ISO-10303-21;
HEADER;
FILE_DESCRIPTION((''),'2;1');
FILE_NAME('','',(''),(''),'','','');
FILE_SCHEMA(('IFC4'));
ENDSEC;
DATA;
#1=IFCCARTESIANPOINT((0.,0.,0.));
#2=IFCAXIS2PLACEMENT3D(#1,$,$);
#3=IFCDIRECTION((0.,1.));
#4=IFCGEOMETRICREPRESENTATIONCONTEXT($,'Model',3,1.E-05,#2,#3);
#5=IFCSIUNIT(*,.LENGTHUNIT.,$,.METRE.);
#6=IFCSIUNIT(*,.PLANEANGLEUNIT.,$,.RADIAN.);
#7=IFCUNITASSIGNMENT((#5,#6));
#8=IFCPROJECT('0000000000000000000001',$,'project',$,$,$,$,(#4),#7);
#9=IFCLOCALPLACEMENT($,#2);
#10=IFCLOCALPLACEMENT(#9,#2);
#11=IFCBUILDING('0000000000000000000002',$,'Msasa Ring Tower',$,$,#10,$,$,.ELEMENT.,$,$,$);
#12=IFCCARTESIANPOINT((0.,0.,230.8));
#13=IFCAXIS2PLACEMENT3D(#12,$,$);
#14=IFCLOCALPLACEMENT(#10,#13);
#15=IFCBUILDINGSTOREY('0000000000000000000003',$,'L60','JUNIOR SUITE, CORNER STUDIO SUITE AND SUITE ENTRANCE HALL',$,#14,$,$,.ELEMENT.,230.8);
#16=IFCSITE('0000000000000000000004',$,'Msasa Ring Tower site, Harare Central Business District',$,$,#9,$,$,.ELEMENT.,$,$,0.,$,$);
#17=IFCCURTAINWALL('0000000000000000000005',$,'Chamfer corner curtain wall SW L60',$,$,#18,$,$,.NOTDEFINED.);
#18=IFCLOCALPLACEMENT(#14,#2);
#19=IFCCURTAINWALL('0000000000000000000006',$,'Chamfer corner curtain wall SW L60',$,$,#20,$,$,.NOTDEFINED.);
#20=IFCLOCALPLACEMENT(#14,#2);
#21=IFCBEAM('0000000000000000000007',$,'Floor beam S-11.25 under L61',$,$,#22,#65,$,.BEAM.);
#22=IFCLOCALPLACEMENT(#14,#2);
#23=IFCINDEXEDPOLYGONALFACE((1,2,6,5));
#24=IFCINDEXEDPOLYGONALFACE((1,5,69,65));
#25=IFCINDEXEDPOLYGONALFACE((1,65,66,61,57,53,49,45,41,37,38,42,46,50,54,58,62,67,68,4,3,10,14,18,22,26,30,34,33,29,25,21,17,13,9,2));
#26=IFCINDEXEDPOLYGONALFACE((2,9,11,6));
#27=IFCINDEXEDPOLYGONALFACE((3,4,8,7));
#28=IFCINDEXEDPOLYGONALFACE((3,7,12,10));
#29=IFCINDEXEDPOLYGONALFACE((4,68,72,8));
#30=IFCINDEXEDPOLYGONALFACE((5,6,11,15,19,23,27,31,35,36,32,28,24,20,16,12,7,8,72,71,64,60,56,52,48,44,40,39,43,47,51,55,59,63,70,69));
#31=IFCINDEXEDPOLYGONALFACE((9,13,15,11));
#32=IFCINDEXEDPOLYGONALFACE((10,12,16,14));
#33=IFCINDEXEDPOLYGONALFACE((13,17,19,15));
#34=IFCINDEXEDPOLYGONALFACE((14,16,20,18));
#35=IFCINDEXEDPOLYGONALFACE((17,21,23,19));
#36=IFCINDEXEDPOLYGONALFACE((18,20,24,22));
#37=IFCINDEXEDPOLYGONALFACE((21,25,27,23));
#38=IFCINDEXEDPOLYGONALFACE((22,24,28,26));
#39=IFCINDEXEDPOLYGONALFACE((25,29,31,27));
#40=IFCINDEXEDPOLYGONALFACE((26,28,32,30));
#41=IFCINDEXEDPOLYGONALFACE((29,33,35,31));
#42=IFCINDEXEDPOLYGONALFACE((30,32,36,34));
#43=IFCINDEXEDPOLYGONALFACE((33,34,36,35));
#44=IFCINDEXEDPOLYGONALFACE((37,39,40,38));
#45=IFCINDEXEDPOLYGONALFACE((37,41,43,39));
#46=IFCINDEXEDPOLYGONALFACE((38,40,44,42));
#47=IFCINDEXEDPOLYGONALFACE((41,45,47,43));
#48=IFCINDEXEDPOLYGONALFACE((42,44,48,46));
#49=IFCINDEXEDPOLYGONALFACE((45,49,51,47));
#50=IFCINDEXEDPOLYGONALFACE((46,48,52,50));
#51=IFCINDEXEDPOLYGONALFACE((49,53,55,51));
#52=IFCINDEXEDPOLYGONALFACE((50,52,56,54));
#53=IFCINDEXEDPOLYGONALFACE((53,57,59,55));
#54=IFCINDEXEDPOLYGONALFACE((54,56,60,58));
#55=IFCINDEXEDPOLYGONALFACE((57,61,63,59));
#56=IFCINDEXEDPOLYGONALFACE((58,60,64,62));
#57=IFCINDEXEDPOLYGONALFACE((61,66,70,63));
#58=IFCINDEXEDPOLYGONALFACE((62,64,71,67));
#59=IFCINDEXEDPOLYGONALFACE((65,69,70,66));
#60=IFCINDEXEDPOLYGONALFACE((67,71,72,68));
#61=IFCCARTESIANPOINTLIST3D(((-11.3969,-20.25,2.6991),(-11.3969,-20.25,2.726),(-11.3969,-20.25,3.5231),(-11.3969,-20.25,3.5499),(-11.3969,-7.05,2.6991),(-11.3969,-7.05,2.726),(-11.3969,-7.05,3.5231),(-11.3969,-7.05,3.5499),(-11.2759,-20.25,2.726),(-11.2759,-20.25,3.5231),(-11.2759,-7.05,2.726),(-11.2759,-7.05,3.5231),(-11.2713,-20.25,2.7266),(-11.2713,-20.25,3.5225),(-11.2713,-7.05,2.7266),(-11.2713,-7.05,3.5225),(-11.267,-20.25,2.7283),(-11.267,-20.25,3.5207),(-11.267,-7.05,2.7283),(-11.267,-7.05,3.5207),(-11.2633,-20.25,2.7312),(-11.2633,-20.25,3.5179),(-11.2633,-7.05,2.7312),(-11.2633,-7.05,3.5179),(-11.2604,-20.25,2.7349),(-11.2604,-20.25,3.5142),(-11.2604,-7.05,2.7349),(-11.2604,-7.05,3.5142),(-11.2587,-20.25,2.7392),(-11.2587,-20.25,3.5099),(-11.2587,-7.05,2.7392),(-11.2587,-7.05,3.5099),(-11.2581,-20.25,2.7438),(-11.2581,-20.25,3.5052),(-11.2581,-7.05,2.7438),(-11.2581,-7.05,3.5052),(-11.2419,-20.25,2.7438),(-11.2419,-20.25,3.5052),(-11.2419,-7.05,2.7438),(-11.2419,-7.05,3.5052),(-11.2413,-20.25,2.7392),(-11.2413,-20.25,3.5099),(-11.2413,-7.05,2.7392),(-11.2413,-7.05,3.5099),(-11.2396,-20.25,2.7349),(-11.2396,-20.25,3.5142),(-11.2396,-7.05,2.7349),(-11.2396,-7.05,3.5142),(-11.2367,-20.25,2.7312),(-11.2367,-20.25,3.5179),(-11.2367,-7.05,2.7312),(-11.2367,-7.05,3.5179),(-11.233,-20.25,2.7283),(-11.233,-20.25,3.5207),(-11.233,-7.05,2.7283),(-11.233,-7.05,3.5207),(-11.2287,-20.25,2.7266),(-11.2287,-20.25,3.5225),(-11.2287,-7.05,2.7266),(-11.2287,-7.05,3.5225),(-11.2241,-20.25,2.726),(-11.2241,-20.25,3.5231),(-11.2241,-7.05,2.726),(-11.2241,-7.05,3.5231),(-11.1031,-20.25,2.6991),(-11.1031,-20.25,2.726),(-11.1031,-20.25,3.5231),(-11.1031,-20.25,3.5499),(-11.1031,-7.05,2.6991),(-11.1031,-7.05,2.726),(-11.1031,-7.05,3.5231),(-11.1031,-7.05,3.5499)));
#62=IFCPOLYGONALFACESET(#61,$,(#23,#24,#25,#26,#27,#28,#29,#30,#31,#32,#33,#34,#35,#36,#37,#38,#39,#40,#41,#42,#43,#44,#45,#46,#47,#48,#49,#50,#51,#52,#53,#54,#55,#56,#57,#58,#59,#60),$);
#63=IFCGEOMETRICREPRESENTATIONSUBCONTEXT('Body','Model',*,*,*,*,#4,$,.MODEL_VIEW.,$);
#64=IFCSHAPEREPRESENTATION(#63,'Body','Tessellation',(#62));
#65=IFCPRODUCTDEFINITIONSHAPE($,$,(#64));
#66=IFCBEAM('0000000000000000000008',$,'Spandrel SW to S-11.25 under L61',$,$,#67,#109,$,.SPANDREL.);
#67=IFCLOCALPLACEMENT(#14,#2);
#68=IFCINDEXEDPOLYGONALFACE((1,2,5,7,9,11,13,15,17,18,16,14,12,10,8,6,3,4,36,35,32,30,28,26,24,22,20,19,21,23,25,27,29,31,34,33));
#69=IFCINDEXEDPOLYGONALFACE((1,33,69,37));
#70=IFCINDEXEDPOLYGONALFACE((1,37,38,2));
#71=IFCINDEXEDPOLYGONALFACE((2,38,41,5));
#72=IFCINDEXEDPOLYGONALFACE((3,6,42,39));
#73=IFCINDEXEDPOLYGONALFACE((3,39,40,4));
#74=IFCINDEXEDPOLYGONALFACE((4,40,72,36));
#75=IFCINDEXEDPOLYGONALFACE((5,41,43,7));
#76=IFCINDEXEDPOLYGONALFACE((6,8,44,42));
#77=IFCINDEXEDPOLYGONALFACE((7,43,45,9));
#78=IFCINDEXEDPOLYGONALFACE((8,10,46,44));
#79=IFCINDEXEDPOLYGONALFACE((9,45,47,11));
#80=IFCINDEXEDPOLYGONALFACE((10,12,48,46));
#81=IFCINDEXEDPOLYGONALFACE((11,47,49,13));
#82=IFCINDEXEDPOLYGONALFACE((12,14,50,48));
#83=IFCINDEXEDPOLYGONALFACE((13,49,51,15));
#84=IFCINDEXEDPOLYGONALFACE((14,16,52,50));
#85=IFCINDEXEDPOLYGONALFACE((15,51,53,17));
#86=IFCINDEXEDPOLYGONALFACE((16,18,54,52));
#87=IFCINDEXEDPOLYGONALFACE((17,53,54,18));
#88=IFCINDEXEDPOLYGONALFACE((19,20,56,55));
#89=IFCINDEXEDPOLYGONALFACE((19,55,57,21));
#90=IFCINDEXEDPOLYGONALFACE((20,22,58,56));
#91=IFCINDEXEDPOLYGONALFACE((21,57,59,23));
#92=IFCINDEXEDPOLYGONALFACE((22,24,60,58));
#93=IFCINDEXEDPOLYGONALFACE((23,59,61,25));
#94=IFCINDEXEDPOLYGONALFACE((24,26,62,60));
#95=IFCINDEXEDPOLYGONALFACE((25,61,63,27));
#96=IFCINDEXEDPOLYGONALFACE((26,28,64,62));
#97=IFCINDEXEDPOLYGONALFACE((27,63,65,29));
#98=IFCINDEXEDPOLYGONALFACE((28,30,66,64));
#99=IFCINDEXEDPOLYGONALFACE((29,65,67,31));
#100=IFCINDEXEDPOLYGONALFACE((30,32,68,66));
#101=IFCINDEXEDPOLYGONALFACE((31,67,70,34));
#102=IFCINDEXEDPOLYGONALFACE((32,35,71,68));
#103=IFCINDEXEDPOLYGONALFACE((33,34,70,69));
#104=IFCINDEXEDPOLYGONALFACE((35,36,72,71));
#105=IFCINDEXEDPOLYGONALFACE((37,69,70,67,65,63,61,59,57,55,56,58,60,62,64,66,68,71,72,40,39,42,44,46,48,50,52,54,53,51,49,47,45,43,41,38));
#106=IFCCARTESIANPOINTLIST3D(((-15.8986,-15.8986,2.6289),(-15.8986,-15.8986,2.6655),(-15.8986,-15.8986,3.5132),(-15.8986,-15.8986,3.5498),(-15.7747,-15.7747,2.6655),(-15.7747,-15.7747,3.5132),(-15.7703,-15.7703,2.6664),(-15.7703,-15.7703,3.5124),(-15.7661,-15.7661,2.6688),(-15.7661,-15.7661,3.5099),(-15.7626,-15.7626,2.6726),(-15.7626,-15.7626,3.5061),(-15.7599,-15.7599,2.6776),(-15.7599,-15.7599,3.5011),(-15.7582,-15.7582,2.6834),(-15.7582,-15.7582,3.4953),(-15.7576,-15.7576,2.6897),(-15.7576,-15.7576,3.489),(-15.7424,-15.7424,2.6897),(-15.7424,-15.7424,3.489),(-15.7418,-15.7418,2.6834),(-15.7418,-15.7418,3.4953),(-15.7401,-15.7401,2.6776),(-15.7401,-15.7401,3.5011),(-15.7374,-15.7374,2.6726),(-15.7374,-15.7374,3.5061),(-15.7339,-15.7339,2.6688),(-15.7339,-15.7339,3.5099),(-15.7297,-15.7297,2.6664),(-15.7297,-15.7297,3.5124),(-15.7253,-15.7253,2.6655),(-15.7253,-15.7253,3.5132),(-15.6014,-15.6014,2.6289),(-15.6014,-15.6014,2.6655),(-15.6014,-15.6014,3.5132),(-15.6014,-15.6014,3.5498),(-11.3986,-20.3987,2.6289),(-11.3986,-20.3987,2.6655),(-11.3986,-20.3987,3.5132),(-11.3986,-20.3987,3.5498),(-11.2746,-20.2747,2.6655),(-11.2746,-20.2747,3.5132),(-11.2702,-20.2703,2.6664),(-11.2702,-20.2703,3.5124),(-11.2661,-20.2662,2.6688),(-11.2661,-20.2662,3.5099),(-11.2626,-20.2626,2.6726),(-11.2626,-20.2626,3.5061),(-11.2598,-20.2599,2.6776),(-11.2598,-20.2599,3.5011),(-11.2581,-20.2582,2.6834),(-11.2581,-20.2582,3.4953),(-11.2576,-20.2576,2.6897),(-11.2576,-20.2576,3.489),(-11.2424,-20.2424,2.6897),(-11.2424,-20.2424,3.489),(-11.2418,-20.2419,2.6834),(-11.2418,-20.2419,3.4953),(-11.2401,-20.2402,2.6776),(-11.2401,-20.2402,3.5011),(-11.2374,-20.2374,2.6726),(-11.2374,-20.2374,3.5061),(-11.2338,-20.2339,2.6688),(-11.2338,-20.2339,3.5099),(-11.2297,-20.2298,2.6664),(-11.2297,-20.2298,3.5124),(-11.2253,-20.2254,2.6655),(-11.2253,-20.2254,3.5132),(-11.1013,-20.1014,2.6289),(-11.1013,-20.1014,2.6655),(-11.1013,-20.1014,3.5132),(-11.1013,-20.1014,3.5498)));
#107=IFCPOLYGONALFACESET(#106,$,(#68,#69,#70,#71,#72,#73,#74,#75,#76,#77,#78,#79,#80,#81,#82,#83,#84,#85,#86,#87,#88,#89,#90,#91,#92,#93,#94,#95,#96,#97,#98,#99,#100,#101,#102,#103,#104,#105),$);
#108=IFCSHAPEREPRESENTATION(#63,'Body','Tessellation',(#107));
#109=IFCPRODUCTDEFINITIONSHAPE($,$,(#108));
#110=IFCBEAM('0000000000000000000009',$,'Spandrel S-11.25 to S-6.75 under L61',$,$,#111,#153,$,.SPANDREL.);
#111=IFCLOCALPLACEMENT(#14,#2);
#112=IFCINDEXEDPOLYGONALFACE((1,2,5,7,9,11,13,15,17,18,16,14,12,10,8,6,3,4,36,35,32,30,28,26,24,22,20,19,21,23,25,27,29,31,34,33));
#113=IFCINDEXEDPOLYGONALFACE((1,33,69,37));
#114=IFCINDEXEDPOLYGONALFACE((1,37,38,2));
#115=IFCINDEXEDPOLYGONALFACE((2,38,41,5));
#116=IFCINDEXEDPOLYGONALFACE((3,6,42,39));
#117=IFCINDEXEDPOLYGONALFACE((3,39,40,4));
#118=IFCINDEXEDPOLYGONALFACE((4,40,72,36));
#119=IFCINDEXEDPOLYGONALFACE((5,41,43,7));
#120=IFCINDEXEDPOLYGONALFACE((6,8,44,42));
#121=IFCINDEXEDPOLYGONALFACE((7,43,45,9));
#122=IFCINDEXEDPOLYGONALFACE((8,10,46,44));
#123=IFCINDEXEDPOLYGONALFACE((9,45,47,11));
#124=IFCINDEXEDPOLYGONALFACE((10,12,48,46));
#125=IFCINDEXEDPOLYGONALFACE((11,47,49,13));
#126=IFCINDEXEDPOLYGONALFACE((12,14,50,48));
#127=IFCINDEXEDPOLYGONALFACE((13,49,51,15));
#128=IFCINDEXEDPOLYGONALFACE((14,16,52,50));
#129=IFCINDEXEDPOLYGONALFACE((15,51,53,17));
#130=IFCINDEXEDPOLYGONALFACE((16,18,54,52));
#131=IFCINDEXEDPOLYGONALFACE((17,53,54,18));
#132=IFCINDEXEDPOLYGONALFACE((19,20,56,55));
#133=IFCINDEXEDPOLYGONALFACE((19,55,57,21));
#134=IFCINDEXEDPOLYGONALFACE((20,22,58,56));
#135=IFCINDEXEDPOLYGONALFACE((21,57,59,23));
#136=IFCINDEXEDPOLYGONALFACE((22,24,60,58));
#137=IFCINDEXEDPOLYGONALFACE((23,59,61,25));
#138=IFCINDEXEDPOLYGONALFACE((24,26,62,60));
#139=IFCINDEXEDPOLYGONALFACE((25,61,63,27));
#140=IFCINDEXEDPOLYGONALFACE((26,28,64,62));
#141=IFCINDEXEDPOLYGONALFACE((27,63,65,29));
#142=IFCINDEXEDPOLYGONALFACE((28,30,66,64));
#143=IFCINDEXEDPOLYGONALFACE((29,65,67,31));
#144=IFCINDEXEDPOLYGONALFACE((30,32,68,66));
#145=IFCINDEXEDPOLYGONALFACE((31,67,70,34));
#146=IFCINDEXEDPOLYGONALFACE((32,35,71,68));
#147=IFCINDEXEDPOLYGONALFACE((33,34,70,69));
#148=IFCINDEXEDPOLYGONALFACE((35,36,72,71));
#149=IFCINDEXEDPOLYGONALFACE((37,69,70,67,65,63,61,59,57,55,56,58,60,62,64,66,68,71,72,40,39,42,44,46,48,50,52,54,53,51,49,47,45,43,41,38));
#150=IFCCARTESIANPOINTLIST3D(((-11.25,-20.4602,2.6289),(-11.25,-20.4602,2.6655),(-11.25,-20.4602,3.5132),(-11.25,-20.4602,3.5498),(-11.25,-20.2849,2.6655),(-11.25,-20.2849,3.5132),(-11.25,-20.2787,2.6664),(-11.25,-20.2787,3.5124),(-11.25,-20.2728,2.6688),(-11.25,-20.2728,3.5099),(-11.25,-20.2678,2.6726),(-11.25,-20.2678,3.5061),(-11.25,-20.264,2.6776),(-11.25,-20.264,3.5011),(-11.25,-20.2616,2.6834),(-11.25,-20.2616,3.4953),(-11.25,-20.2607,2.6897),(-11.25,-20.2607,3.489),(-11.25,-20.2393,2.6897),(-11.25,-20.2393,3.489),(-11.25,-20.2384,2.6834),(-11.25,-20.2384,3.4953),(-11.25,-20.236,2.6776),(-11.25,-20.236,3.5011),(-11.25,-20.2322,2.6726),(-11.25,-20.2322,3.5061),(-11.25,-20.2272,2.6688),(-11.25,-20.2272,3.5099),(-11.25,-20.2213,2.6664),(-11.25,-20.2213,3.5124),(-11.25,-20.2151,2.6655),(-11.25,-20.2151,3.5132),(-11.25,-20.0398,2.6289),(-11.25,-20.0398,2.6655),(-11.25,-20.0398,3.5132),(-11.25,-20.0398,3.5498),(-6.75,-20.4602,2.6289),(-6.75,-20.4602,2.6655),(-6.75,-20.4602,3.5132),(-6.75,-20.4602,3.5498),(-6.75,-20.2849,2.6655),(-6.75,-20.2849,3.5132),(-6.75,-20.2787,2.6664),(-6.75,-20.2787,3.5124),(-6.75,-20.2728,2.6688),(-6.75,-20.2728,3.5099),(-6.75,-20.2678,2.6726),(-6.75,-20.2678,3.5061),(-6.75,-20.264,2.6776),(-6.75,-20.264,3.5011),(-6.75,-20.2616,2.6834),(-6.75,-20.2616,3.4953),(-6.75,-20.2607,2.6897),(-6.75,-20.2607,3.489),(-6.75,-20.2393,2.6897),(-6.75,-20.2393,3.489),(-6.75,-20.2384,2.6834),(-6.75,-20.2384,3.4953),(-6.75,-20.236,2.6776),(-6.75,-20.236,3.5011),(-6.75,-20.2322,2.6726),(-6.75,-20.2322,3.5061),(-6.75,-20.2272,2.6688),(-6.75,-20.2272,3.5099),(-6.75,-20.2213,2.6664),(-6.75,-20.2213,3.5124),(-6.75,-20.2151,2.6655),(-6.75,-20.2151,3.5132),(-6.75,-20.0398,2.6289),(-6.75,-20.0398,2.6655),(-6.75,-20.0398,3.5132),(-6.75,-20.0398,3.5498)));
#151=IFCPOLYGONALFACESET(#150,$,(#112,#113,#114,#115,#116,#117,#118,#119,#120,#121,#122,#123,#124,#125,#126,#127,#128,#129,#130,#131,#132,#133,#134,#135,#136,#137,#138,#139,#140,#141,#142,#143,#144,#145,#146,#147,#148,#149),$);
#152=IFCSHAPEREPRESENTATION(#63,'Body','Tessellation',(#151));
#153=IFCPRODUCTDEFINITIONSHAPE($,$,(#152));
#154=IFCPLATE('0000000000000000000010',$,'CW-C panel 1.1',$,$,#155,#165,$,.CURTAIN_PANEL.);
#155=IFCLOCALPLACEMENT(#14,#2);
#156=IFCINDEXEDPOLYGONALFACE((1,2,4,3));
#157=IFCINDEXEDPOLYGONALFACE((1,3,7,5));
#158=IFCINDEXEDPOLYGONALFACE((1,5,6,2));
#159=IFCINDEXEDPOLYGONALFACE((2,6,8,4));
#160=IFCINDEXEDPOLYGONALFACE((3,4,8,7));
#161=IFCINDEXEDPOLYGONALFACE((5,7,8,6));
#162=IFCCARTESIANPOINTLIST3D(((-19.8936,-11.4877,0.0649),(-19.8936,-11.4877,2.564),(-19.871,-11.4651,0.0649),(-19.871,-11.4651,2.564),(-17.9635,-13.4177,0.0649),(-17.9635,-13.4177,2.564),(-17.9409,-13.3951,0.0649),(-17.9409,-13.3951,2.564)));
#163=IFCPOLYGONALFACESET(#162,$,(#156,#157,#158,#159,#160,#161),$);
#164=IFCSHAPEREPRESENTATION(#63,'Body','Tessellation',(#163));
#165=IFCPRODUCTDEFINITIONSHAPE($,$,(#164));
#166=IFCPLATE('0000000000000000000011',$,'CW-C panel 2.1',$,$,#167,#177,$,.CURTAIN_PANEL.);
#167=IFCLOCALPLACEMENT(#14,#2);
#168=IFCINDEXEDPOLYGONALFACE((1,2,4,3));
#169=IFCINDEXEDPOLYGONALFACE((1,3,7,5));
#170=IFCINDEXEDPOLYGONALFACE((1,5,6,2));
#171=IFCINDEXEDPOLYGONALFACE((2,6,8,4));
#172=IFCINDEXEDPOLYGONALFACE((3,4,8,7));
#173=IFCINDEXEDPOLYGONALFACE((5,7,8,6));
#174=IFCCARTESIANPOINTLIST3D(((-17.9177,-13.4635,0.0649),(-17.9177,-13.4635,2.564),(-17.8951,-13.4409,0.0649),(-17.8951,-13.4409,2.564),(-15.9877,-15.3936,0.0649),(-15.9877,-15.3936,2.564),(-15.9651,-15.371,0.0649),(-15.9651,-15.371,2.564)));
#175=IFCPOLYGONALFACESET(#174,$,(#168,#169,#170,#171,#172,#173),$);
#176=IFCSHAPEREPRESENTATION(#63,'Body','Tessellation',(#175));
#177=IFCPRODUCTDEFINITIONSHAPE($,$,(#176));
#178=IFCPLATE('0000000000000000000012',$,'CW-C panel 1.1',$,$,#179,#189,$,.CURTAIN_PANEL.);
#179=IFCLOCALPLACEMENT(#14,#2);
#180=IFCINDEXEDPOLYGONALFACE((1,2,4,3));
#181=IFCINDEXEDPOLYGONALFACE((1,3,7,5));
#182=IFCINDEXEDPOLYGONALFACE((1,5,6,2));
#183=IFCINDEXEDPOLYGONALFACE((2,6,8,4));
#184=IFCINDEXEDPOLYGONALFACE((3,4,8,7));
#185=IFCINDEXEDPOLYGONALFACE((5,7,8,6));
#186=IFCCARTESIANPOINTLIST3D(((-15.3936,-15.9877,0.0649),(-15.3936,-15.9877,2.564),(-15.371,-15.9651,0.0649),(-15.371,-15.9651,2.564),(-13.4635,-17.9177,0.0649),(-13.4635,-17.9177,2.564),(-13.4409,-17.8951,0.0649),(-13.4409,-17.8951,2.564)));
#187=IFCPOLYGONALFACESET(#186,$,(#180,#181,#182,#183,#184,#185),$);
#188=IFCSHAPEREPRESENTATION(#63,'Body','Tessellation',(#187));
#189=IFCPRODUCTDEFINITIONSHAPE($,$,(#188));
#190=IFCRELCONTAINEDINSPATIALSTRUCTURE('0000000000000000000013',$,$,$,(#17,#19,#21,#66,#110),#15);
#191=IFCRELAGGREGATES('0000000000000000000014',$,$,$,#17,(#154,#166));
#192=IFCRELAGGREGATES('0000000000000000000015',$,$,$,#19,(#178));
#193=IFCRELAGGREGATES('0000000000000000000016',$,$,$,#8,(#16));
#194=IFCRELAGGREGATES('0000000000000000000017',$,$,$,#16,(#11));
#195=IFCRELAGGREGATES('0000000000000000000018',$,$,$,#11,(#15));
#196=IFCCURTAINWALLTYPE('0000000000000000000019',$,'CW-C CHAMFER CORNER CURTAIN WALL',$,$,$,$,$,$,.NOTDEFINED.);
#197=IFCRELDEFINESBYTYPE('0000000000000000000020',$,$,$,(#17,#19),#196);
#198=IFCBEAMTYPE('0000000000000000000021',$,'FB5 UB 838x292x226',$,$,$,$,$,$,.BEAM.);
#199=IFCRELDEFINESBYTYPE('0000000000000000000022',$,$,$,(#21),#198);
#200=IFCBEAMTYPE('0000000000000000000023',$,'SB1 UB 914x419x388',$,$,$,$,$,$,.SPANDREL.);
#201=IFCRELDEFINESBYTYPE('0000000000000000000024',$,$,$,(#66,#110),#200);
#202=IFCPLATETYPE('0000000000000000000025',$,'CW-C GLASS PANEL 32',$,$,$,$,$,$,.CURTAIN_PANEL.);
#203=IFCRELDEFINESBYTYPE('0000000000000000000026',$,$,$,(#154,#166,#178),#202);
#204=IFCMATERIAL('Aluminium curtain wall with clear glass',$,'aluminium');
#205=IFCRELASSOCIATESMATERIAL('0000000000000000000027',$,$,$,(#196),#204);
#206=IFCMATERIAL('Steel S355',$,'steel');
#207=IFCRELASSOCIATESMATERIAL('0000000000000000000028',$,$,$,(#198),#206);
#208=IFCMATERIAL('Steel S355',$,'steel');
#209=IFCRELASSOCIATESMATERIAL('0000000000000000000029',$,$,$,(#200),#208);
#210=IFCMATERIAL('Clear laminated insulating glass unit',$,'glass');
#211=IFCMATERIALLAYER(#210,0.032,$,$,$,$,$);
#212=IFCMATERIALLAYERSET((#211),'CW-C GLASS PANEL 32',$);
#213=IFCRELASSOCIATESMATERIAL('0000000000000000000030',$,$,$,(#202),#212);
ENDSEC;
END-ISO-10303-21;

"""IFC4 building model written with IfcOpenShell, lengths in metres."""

from ifc_helpers import new_model, si_unit, direction, frame, origin, origin_2d, place, context, subcontext, project, spatial, rectangle, i_section, extrude, material, layer, layer_set, material_profile, profile_set, type_object, element, aggregate, save


model = new_model("IFC4")

# Units and contexts
model_context = context("Model", 3, precision=1e-05, world=origin(), true_north=direction((0.0, 1.0)))
body_context = subcontext(model_context, "Body", "Model", "MODEL_VIEW")
ifc_project = project(units=[si_unit("LENGTHUNIT", "METRE"), si_unit("PLANEANGLEUNIT", "RADIAN")], contexts=[model_context])

# Site, building, storey
site_placement = place(None, origin())
site = spatial("IfcSite", under=ifc_project, at=site_placement, Name="Msasa Ring Tower site, Harare Central Business District", CompositionType="ELEMENT", RefElevation=0.0)
building_placement = place(site_placement, origin())
building = spatial("IfcBuilding", under=site, at=building_placement, Name="Msasa Ring Tower", CompositionType="ELEMENT")
storey_placement = place(building_placement, frame((0.0, 0.0, 230.8)))
storey = spatial("IfcBuildingStorey", under=building, at=storey_placement, Name="L60", Description="JUNIOR SUITE, CORNER STUDIO SUITE AND SUITE ENTRANCE HALL", CompositionType="ELEMENT", Elevation=230.8)

# Curtain walls
ifc_material_1 = material(Name="Aluminium curtain wall with clear glass", Category="aluminium")
curtain_wall_type = type_object("IfcCurtainWallType", Name="CW-C CHAMFER CORNER CURTAIN WALL", PredefinedType="NOTDEFINED", material=ifc_material_1)
curtain_wall_1_placement = place(storey_placement, origin())
curtain_wall_1 = element("IfcCurtainWall", 1, at=curtain_wall_1_placement, inside=storey, type_object=curtain_wall_type, Name="Chamfer corner curtain wall SW L60", PredefinedType="NOTDEFINED")
curtain_wall_2_placement = place(storey_placement, origin())
curtain_wall_2 = element("IfcCurtainWall", 2, at=curtain_wall_2_placement, inside=storey, type_object=curtain_wall_type, Name="Chamfer corner curtain wall SW L60", PredefinedType="NOTDEFINED")

# Beams
ifc_material_2 = material(Name="Steel S355", Category="steel")
ifc_material_profile_1 = material_profile(ifc_material_2, i_section(OverallWidth=0.2937, OverallDepth=0.8508, WebThickness=0.0161, FlangeThickness=0.0269, FilletRadius=0.0178, at=origin_2d()), Name="UB 838x292x226")
ifc_profile_set_1 = profile_set([ifc_material_profile_1], Name="Steel S355")
beam_type_1 = type_object("IfcBeamType", Name="FB5 UB 838x292x226", PredefinedType="BEAM", material=ifc_profile_set_1)
beam_1_placement = place(storey_placement, frame((-11.25, -20.25, 3.1245), z_axis=(0.0, 1.0, 0.0), x_axis=(-1.0, 0.0, 0.0)))
element("IfcBeam", 3, at=beam_1_placement, inside=storey, type_object=beam_type_1, Name="Floor beam S-11.25 under L61", PredefinedType="BEAM", context=body_context, shape_type="SweptSolid", body=[
    extrude(i_section(OverallWidth=0.2937, OverallDepth=0.8508, WebThickness=0.0161, FlangeThickness=0.0269, FilletRadius=0.0178, at=origin_2d()), origin(), (0.0, 0.0, 1.0), 13.2),
])
ifc_material_3 = material(Name="Steel S355", Category="steel")
ifc_material_profile_2 = material_profile(ifc_material_3, i_section(OverallWidth=0.4204, OverallDepth=0.9209, WebThickness=0.0215, FlangeThickness=0.0366, FilletRadius=0.0242, at=origin_2d()), Name="UB 914x419x388")
ifc_profile_set_2 = profile_set([ifc_material_profile_2], Name="Steel S355")
beam_type_2 = type_object("IfcBeamType", Name="SB1 UB 914x419x388", PredefinedType="SPANDREL", material=ifc_profile_set_2)
beam_2_placement = place(storey_placement, frame((-15.75, -15.75, 3.0894), z_axis=(0.707107, -0.707107, 0.0), x_axis=(0.707107, 0.707107, 0.0)))
element("IfcBeam", 4, at=beam_2_placement, inside=storey, type_object=beam_type_2, Name="Spandrel SW to S-11.25 under L61", PredefinedType="SPANDREL", context=body_context, shape_type="SweptSolid", body=[
    extrude(i_section(OverallWidth=0.4204, OverallDepth=0.9209, WebThickness=0.0215, FlangeThickness=0.0366, FilletRadius=0.0242, at=origin_2d()), origin(), (0.0, 0.0, 1.0), 6.364),
])
beam_3_placement = place(storey_placement, frame((-11.25, -20.25, 3.0894), z_axis=(1.0, 0.0, 0.0), x_axis=(0.0, 1.0, 0.0)))
element("IfcBeam", 5, at=beam_3_placement, inside=storey, type_object=beam_type_2, Name="Spandrel S-11.25 to S-6.75 under L61", PredefinedType="SPANDREL", context=body_context, shape_type="SweptSolid", body=[
    extrude(i_section(OverallWidth=0.4204, OverallDepth=0.9209, WebThickness=0.0215, FlangeThickness=0.0366, FilletRadius=0.0242, at=origin_2d()), origin(), (0.0, 0.0, 1.0), 4.5),
])

# Plates
ifc_material_4 = material(Name="Clear laminated insulating glass unit", Category="glass")
ifc_layer_1 = layer(ifc_material_4, 0.032)
ifc_layer_set_1 = layer_set([ifc_layer_1], Name="CW-C GLASS PANEL 32")
plate_type = type_object("IfcPlateType", Name="CW-C GLASS PANEL 32", PredefinedType="CURTAIN_PANEL", material=ifc_layer_set_1)
plate_1_placement = place(storey_placement, frame((-18.9172, -12.4414, 0.0649), z_axis=(0.0, 0.0, 1.0), x_axis=(0.707107, -0.707107, 0.0)))
plate_1 = element("IfcPlate", 6, at=plate_1_placement, type_object=plate_type, Name="CW-C panel 1.1", PredefinedType="CURTAIN_PANEL", context=body_context, shape_type="SweptSolid", body=[
    extrude(rectangle(XDim=2.7295, YDim=0.032, at=origin_2d()), origin(), (0.0, 0.0, 1.0), 2.499),
])
plate_2_placement = place(storey_placement, frame((-16.9414, -14.4172, 0.0649), z_axis=(0.0, 0.0, 1.0), x_axis=(0.707107, -0.707107, 0.0)))
plate_2 = element("IfcPlate", 7, at=plate_2_placement, type_object=plate_type, Name="CW-C panel 2.1", PredefinedType="CURTAIN_PANEL", context=body_context, shape_type="SweptSolid", body=[
    extrude(rectangle(XDim=2.7295, YDim=0.032, at=origin_2d()), origin(), (0.0, 0.0, 1.0), 2.499),
])
aggregate(curtain_wall_1, [plate_1, plate_2])
plate_3_placement = place(storey_placement, frame((-14.4172, -16.9414, 0.0649), z_axis=(0.0, 0.0, 1.0), x_axis=(0.707107, -0.707107, 0.0)))
plate_3 = element("IfcPlate", 8, at=plate_3_placement, type_object=plate_type, Name="CW-C panel 1.1", PredefinedType="CURTAIN_PANEL", context=body_context, shape_type="SweptSolid", body=[
    extrude(rectangle(XDim=2.7295, YDim=0.032, at=origin_2d()), origin(), (0.0, 0.0, 1.0), 2.499),
])
aggregate(curtain_wall_2, [plate_3])

save(model, "model.ifc")
